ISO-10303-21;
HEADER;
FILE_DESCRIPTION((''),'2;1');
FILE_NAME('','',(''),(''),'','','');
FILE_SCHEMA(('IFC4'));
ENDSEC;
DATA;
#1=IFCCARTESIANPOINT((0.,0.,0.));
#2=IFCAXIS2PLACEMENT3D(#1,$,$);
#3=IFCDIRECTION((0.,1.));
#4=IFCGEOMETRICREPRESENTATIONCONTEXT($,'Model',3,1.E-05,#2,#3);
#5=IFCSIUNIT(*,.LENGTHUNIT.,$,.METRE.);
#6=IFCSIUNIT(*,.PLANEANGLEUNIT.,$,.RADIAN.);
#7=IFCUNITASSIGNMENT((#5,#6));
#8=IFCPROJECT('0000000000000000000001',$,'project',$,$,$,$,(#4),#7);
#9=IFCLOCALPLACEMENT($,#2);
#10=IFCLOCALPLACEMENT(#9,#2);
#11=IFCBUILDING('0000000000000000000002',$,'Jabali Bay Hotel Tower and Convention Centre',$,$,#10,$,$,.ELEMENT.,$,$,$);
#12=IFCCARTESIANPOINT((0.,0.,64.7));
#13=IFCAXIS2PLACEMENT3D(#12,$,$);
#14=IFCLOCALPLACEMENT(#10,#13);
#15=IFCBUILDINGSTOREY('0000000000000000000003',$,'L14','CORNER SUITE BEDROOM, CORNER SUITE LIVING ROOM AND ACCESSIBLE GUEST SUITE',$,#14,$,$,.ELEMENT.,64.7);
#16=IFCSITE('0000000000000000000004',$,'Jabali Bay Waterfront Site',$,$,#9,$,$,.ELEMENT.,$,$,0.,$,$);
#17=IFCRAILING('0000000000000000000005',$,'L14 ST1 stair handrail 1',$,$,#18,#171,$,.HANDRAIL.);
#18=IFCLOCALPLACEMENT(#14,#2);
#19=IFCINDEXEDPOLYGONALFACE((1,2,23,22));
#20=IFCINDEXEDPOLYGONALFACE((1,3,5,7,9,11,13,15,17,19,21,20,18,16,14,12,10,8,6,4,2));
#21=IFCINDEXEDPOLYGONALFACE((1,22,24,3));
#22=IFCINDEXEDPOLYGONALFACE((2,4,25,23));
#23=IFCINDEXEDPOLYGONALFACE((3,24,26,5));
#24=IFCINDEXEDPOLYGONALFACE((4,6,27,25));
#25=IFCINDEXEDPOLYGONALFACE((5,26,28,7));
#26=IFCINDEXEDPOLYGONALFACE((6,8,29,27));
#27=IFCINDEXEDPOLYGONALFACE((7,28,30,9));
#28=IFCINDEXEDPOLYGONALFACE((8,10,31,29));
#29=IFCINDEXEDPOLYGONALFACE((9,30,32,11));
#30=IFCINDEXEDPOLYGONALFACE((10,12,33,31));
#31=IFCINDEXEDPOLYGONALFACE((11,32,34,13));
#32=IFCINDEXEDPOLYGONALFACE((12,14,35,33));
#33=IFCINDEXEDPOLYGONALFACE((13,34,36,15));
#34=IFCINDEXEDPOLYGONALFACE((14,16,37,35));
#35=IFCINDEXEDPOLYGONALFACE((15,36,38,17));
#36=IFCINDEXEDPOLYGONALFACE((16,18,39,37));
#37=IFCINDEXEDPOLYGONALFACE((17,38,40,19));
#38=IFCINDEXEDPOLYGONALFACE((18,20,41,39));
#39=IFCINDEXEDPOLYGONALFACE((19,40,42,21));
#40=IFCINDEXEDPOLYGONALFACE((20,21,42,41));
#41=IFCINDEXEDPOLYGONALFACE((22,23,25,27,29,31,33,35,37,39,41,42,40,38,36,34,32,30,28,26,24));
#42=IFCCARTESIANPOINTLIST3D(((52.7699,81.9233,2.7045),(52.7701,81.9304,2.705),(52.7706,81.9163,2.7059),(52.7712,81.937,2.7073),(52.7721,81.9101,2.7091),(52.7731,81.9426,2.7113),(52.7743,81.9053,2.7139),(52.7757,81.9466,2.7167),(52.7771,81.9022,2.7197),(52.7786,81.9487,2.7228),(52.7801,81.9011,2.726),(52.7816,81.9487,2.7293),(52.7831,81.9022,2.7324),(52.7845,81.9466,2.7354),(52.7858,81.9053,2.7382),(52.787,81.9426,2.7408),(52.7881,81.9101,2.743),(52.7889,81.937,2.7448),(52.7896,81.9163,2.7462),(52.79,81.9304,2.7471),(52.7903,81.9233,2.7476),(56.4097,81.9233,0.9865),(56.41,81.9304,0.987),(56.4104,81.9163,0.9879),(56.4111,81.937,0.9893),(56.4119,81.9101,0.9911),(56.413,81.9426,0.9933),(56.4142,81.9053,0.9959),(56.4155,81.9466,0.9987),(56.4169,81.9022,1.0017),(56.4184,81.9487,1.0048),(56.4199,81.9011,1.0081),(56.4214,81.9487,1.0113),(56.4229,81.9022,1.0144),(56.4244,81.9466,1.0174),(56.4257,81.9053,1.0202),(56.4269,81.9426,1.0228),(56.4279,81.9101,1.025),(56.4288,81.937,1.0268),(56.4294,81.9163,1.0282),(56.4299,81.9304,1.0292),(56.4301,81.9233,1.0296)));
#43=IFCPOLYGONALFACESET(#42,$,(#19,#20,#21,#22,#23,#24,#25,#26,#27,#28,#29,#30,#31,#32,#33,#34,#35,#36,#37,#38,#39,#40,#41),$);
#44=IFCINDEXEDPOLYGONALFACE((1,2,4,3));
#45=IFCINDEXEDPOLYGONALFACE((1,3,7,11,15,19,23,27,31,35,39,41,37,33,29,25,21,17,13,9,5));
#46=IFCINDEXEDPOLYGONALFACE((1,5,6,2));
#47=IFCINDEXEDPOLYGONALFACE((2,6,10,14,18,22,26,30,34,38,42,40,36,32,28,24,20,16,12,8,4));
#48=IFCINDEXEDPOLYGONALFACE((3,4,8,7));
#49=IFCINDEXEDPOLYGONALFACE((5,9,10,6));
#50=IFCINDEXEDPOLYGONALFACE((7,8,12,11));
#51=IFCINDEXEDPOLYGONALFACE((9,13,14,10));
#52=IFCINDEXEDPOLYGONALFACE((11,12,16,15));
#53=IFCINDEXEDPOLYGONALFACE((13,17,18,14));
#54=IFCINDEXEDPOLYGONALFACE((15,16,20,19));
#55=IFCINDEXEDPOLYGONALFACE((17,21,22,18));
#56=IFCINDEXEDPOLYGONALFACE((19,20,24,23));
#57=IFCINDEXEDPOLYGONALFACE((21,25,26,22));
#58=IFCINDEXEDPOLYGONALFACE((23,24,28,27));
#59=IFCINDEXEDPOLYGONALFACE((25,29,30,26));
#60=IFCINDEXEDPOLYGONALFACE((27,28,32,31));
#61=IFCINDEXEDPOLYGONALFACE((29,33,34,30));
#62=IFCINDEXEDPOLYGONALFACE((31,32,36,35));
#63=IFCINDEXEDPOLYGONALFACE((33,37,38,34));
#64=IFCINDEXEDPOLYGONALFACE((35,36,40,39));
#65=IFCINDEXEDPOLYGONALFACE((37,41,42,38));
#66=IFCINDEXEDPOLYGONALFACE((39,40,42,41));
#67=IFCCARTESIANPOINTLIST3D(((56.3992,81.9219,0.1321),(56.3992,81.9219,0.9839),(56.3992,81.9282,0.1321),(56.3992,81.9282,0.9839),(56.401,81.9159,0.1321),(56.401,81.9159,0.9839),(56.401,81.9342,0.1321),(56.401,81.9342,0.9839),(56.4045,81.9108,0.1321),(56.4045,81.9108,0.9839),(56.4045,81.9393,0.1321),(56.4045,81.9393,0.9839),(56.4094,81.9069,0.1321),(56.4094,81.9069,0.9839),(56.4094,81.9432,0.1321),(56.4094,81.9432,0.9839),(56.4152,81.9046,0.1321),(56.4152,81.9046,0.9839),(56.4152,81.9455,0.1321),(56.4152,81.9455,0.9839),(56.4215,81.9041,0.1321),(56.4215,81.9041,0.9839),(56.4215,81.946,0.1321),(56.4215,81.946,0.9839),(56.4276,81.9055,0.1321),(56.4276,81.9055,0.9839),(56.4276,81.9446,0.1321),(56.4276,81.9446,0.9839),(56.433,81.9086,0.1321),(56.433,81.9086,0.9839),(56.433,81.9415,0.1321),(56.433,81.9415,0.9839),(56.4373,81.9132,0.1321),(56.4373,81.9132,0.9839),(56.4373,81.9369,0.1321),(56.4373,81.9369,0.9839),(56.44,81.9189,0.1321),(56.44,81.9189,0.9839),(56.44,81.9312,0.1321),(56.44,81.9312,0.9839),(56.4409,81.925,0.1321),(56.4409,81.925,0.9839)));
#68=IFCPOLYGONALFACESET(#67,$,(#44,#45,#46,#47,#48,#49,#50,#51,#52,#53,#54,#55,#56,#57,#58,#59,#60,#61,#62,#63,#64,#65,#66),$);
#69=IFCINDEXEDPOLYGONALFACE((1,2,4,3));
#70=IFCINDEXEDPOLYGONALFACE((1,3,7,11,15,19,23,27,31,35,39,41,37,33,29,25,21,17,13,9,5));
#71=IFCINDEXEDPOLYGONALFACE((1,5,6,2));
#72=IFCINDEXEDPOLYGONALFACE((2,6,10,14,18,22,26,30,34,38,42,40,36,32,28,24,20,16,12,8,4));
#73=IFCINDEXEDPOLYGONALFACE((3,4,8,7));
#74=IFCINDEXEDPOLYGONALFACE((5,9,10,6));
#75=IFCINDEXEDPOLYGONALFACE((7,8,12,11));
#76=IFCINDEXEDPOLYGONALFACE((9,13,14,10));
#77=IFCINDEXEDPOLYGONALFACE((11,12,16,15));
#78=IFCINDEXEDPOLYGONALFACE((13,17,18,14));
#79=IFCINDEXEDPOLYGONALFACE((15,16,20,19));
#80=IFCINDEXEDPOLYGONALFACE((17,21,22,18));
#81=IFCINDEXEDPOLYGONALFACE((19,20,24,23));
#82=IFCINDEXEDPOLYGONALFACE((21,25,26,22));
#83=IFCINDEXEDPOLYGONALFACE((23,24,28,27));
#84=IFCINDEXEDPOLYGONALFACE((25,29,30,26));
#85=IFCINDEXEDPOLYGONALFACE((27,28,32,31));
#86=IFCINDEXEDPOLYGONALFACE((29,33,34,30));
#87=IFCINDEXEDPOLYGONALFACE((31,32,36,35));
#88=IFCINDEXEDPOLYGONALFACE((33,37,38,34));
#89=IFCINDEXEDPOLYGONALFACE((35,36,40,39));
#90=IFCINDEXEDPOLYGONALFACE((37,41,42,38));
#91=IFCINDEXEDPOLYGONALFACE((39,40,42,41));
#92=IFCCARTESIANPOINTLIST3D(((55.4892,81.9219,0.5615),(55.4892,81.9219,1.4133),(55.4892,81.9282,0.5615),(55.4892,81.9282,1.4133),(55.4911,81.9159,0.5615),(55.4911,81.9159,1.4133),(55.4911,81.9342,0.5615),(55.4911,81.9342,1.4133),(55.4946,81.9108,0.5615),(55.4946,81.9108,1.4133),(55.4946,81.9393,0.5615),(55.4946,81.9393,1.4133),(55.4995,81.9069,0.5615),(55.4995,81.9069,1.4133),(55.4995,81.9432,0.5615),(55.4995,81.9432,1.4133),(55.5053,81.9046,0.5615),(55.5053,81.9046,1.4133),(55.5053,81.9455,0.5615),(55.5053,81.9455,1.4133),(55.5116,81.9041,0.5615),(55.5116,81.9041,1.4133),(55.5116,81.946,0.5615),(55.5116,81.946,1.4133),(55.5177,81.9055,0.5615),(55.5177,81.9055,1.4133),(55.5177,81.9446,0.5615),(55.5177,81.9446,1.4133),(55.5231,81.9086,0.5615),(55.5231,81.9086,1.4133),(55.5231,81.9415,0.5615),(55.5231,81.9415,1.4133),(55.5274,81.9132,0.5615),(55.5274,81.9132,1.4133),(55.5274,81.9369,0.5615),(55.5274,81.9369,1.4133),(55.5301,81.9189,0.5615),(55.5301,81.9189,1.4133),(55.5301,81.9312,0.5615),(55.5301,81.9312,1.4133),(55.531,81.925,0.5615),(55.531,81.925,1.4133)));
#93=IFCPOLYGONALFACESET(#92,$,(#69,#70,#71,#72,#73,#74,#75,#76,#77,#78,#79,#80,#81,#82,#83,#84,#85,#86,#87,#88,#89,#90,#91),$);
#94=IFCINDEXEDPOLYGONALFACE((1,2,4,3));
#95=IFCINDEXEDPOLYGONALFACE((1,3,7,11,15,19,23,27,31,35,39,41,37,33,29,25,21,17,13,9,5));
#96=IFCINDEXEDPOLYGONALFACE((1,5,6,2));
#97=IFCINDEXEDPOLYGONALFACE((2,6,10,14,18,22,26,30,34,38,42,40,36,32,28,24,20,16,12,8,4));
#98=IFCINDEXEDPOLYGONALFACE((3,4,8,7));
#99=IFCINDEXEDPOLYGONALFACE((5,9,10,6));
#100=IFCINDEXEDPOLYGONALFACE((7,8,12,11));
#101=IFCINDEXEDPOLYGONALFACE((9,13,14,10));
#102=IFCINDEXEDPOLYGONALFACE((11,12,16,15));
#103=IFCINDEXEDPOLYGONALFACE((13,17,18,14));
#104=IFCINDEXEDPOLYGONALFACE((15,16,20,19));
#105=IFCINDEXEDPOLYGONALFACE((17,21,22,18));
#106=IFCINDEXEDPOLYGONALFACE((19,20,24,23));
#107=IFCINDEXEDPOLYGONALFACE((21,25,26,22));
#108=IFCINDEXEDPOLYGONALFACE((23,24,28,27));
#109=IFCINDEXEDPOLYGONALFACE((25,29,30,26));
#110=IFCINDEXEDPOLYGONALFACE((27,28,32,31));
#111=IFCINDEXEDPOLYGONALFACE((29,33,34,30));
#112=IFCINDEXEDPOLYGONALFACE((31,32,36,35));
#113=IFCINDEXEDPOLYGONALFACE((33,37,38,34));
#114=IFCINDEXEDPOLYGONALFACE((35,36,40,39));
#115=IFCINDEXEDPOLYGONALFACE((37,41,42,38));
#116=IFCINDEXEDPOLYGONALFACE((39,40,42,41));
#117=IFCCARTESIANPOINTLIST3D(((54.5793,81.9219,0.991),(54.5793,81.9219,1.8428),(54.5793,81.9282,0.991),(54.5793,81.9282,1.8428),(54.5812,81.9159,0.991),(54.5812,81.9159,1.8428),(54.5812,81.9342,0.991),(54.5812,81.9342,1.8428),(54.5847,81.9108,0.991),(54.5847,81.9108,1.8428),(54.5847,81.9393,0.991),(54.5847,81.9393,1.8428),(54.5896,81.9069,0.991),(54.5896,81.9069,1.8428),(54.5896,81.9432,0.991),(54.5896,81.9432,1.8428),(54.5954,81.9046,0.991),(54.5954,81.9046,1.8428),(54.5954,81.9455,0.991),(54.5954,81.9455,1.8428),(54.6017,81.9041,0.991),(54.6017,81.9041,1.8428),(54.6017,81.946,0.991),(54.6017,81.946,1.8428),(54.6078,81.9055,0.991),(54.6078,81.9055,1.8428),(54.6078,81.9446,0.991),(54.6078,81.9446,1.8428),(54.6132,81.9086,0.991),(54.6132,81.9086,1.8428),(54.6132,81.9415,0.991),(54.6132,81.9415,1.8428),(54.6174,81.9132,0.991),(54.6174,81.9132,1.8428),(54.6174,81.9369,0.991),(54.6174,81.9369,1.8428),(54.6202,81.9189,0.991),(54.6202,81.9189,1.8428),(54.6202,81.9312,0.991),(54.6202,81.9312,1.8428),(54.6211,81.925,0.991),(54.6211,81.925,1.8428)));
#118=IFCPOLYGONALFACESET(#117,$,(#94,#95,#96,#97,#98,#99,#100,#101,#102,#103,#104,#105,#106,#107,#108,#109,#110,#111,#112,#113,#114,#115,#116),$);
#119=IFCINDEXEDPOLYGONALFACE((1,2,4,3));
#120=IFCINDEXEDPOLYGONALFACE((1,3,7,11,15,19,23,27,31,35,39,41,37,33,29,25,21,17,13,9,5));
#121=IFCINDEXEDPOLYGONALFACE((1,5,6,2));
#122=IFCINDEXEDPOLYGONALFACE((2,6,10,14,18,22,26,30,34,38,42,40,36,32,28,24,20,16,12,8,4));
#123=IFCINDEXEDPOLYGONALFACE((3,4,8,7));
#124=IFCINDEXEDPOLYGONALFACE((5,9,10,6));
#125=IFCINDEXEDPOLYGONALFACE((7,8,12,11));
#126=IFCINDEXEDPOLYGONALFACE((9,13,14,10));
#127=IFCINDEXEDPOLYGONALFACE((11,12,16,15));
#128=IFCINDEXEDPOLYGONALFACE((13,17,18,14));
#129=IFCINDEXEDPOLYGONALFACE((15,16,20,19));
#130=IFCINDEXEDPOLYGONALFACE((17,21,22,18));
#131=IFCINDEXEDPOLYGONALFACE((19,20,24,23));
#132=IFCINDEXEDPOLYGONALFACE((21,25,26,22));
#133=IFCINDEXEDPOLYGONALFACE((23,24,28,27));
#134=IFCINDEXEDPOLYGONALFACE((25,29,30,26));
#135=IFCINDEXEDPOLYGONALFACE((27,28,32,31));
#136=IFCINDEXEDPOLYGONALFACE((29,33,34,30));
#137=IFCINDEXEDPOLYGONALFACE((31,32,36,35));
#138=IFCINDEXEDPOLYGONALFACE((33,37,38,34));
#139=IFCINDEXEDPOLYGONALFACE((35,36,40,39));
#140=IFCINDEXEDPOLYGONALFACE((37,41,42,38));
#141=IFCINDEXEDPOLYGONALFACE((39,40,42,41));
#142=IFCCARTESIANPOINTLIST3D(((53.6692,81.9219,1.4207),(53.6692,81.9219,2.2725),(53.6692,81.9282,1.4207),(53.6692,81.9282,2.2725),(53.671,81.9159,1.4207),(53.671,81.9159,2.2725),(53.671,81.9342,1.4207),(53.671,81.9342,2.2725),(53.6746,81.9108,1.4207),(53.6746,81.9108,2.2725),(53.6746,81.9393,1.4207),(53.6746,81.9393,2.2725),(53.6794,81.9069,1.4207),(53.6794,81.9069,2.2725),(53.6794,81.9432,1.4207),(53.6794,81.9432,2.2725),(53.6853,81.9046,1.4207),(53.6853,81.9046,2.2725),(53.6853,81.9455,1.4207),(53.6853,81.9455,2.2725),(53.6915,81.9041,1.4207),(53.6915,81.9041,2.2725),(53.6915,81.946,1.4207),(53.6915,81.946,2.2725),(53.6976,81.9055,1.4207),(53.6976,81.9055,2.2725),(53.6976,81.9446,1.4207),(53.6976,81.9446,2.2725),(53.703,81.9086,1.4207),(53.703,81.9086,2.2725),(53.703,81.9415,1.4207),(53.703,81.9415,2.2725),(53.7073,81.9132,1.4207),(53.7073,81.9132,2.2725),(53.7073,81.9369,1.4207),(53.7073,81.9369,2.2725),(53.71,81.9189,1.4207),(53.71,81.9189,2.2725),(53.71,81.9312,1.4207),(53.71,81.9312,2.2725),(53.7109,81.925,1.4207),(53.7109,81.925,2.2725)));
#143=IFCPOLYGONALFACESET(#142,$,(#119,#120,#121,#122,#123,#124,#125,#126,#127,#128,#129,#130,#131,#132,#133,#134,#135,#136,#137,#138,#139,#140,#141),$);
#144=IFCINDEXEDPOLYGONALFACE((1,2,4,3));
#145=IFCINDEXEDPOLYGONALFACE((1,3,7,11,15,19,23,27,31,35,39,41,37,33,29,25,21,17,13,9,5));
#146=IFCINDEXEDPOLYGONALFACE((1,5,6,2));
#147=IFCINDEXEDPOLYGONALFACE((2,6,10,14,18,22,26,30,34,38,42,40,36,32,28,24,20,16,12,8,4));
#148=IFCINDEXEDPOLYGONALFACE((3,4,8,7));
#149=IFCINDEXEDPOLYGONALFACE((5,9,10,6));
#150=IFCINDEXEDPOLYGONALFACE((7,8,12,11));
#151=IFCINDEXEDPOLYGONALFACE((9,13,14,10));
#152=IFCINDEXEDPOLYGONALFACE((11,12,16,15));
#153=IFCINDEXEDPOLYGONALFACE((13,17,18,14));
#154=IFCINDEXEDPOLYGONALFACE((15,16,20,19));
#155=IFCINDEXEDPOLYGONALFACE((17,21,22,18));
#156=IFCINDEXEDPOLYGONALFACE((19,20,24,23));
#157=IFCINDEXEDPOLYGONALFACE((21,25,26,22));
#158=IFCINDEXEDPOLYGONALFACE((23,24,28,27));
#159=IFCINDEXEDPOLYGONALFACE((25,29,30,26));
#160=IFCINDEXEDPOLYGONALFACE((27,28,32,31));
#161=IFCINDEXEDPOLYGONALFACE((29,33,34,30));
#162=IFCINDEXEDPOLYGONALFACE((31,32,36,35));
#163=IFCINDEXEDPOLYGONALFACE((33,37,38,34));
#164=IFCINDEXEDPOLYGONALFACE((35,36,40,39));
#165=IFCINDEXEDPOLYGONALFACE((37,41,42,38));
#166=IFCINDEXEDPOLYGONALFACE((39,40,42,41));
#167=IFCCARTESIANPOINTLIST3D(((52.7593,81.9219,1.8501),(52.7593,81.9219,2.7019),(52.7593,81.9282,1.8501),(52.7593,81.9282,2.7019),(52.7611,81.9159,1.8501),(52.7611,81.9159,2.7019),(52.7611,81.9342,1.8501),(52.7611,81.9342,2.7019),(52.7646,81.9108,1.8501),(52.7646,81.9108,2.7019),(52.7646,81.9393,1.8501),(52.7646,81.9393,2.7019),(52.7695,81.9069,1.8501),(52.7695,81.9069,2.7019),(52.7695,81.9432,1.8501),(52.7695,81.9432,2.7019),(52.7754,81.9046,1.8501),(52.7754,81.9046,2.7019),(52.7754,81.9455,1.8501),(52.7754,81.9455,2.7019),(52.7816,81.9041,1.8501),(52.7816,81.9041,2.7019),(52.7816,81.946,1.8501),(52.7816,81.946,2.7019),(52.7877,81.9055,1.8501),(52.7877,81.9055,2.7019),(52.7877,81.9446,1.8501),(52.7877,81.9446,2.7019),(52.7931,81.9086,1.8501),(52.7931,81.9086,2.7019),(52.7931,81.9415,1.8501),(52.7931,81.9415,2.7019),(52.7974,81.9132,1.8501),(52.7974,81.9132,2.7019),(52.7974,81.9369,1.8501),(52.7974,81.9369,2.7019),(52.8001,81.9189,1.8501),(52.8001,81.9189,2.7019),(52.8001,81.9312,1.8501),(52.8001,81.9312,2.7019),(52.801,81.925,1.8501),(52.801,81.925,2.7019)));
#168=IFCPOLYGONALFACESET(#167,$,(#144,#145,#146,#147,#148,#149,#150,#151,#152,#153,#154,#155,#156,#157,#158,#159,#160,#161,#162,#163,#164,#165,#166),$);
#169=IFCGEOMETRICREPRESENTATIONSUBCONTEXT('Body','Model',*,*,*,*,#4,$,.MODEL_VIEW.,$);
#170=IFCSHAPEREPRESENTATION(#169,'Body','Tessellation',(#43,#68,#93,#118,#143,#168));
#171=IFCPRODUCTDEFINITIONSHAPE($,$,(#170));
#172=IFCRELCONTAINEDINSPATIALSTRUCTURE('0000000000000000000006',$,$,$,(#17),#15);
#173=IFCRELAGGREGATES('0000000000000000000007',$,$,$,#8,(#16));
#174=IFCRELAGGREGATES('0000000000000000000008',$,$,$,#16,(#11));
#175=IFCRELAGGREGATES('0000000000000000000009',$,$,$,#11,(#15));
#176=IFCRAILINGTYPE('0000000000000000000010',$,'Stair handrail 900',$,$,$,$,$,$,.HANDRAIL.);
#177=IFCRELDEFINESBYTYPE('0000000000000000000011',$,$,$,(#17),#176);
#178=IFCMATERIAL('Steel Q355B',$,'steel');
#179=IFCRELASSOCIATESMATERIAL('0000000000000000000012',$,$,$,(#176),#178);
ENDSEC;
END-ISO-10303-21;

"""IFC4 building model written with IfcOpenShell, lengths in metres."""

from ifc_helpers import new_model, si_unit, direction, frame, origin, origin_2d, place, context, subcontext, project, spatial, circle, extrude, material, type_object, element, save


model = new_model("IFC4")

# Units and contexts
model_context = context("Model", 3, precision=1e-05, world=origin(), true_north=direction((0.0, 1.0)))
body_context = subcontext(model_context, "Body", "Model", "MODEL_VIEW")
ifc_project = project(units=[si_unit("LENGTHUNIT", "METRE"), si_unit("PLANEANGLEUNIT", "RADIAN")], contexts=[model_context])

# Site, building, storey
site_placement = place(None, origin())
site = spatial("IfcSite", under=ifc_project, at=site_placement, Name="Jabali Bay Waterfront Site", CompositionType="ELEMENT", RefElevation=0.0)
building_placement = place(site_placement, origin())
building = spatial("IfcBuilding", under=site, at=building_placement, Name="Jabali Bay Hotel Tower and Convention Centre", CompositionType="ELEMENT")
storey_placement = place(building_placement, frame((0.0, 0.0, 64.7)))
storey = spatial("IfcBuildingStorey", under=building, at=storey_placement, Name="L14", Description="CORNER SUITE BEDROOM, CORNER SUITE LIVING ROOM AND ACCESSIBLE GUEST SUITE", CompositionType="ELEMENT", Elevation=64.7)

# Railing
ifc_material_1 = material(Name="Steel Q355B", Category="steel")
railing_type_1 = type_object("IfcRailingType", Name="Stair handrail 900", PredefinedType="HANDRAIL", material=ifc_material_1)
railing_1_placement = place(storey_placement, frame((56.4199, 81.925, 0.1321)))
element("IfcRailing", 1, at=railing_1_placement, inside=storey, type_object=railing_type_1, Name="L14 ST1 stair handrail 1", PredefinedType="HANDRAIL", context=body_context, shape_type="SweptSolid", body=[
    extrude(circle(Radius=0.0239, at=origin_2d()), frame((0.0, 0.0, 0.876), z_axis=(-0.904327, 0.0, 0.42684), x_axis=(0.0, -1.0, 0.0)), (0.0, 0.0, 1.0), 4.0249),
    extrude(circle(Radius=0.021, at=origin_2d()), origin(), (0.0, 0.0, 1.0), 0.8518),
    extrude(circle(Radius=0.021, at=origin_2d()), frame((-0.9099, 0.0, 0.4294)), (0.0, 0.0, 1.0), 0.8518),
    extrude(circle(Radius=0.021, at=origin_2d()), frame((-1.8198, 0.0, 0.8589)), (0.0, 0.0, 1.0), 0.8518),
    extrude(circle(Radius=0.021, at=origin_2d()), frame((-2.73, 0.0, 1.2886)), (0.0, 0.0, 1.0), 0.8518),
    extrude(circle(Radius=0.021, at=origin_2d()), frame((-3.6399, 0.0, 1.718)), (0.0, 0.0, 1.0), 0.8518),
])

save(model, "model.ifc")
